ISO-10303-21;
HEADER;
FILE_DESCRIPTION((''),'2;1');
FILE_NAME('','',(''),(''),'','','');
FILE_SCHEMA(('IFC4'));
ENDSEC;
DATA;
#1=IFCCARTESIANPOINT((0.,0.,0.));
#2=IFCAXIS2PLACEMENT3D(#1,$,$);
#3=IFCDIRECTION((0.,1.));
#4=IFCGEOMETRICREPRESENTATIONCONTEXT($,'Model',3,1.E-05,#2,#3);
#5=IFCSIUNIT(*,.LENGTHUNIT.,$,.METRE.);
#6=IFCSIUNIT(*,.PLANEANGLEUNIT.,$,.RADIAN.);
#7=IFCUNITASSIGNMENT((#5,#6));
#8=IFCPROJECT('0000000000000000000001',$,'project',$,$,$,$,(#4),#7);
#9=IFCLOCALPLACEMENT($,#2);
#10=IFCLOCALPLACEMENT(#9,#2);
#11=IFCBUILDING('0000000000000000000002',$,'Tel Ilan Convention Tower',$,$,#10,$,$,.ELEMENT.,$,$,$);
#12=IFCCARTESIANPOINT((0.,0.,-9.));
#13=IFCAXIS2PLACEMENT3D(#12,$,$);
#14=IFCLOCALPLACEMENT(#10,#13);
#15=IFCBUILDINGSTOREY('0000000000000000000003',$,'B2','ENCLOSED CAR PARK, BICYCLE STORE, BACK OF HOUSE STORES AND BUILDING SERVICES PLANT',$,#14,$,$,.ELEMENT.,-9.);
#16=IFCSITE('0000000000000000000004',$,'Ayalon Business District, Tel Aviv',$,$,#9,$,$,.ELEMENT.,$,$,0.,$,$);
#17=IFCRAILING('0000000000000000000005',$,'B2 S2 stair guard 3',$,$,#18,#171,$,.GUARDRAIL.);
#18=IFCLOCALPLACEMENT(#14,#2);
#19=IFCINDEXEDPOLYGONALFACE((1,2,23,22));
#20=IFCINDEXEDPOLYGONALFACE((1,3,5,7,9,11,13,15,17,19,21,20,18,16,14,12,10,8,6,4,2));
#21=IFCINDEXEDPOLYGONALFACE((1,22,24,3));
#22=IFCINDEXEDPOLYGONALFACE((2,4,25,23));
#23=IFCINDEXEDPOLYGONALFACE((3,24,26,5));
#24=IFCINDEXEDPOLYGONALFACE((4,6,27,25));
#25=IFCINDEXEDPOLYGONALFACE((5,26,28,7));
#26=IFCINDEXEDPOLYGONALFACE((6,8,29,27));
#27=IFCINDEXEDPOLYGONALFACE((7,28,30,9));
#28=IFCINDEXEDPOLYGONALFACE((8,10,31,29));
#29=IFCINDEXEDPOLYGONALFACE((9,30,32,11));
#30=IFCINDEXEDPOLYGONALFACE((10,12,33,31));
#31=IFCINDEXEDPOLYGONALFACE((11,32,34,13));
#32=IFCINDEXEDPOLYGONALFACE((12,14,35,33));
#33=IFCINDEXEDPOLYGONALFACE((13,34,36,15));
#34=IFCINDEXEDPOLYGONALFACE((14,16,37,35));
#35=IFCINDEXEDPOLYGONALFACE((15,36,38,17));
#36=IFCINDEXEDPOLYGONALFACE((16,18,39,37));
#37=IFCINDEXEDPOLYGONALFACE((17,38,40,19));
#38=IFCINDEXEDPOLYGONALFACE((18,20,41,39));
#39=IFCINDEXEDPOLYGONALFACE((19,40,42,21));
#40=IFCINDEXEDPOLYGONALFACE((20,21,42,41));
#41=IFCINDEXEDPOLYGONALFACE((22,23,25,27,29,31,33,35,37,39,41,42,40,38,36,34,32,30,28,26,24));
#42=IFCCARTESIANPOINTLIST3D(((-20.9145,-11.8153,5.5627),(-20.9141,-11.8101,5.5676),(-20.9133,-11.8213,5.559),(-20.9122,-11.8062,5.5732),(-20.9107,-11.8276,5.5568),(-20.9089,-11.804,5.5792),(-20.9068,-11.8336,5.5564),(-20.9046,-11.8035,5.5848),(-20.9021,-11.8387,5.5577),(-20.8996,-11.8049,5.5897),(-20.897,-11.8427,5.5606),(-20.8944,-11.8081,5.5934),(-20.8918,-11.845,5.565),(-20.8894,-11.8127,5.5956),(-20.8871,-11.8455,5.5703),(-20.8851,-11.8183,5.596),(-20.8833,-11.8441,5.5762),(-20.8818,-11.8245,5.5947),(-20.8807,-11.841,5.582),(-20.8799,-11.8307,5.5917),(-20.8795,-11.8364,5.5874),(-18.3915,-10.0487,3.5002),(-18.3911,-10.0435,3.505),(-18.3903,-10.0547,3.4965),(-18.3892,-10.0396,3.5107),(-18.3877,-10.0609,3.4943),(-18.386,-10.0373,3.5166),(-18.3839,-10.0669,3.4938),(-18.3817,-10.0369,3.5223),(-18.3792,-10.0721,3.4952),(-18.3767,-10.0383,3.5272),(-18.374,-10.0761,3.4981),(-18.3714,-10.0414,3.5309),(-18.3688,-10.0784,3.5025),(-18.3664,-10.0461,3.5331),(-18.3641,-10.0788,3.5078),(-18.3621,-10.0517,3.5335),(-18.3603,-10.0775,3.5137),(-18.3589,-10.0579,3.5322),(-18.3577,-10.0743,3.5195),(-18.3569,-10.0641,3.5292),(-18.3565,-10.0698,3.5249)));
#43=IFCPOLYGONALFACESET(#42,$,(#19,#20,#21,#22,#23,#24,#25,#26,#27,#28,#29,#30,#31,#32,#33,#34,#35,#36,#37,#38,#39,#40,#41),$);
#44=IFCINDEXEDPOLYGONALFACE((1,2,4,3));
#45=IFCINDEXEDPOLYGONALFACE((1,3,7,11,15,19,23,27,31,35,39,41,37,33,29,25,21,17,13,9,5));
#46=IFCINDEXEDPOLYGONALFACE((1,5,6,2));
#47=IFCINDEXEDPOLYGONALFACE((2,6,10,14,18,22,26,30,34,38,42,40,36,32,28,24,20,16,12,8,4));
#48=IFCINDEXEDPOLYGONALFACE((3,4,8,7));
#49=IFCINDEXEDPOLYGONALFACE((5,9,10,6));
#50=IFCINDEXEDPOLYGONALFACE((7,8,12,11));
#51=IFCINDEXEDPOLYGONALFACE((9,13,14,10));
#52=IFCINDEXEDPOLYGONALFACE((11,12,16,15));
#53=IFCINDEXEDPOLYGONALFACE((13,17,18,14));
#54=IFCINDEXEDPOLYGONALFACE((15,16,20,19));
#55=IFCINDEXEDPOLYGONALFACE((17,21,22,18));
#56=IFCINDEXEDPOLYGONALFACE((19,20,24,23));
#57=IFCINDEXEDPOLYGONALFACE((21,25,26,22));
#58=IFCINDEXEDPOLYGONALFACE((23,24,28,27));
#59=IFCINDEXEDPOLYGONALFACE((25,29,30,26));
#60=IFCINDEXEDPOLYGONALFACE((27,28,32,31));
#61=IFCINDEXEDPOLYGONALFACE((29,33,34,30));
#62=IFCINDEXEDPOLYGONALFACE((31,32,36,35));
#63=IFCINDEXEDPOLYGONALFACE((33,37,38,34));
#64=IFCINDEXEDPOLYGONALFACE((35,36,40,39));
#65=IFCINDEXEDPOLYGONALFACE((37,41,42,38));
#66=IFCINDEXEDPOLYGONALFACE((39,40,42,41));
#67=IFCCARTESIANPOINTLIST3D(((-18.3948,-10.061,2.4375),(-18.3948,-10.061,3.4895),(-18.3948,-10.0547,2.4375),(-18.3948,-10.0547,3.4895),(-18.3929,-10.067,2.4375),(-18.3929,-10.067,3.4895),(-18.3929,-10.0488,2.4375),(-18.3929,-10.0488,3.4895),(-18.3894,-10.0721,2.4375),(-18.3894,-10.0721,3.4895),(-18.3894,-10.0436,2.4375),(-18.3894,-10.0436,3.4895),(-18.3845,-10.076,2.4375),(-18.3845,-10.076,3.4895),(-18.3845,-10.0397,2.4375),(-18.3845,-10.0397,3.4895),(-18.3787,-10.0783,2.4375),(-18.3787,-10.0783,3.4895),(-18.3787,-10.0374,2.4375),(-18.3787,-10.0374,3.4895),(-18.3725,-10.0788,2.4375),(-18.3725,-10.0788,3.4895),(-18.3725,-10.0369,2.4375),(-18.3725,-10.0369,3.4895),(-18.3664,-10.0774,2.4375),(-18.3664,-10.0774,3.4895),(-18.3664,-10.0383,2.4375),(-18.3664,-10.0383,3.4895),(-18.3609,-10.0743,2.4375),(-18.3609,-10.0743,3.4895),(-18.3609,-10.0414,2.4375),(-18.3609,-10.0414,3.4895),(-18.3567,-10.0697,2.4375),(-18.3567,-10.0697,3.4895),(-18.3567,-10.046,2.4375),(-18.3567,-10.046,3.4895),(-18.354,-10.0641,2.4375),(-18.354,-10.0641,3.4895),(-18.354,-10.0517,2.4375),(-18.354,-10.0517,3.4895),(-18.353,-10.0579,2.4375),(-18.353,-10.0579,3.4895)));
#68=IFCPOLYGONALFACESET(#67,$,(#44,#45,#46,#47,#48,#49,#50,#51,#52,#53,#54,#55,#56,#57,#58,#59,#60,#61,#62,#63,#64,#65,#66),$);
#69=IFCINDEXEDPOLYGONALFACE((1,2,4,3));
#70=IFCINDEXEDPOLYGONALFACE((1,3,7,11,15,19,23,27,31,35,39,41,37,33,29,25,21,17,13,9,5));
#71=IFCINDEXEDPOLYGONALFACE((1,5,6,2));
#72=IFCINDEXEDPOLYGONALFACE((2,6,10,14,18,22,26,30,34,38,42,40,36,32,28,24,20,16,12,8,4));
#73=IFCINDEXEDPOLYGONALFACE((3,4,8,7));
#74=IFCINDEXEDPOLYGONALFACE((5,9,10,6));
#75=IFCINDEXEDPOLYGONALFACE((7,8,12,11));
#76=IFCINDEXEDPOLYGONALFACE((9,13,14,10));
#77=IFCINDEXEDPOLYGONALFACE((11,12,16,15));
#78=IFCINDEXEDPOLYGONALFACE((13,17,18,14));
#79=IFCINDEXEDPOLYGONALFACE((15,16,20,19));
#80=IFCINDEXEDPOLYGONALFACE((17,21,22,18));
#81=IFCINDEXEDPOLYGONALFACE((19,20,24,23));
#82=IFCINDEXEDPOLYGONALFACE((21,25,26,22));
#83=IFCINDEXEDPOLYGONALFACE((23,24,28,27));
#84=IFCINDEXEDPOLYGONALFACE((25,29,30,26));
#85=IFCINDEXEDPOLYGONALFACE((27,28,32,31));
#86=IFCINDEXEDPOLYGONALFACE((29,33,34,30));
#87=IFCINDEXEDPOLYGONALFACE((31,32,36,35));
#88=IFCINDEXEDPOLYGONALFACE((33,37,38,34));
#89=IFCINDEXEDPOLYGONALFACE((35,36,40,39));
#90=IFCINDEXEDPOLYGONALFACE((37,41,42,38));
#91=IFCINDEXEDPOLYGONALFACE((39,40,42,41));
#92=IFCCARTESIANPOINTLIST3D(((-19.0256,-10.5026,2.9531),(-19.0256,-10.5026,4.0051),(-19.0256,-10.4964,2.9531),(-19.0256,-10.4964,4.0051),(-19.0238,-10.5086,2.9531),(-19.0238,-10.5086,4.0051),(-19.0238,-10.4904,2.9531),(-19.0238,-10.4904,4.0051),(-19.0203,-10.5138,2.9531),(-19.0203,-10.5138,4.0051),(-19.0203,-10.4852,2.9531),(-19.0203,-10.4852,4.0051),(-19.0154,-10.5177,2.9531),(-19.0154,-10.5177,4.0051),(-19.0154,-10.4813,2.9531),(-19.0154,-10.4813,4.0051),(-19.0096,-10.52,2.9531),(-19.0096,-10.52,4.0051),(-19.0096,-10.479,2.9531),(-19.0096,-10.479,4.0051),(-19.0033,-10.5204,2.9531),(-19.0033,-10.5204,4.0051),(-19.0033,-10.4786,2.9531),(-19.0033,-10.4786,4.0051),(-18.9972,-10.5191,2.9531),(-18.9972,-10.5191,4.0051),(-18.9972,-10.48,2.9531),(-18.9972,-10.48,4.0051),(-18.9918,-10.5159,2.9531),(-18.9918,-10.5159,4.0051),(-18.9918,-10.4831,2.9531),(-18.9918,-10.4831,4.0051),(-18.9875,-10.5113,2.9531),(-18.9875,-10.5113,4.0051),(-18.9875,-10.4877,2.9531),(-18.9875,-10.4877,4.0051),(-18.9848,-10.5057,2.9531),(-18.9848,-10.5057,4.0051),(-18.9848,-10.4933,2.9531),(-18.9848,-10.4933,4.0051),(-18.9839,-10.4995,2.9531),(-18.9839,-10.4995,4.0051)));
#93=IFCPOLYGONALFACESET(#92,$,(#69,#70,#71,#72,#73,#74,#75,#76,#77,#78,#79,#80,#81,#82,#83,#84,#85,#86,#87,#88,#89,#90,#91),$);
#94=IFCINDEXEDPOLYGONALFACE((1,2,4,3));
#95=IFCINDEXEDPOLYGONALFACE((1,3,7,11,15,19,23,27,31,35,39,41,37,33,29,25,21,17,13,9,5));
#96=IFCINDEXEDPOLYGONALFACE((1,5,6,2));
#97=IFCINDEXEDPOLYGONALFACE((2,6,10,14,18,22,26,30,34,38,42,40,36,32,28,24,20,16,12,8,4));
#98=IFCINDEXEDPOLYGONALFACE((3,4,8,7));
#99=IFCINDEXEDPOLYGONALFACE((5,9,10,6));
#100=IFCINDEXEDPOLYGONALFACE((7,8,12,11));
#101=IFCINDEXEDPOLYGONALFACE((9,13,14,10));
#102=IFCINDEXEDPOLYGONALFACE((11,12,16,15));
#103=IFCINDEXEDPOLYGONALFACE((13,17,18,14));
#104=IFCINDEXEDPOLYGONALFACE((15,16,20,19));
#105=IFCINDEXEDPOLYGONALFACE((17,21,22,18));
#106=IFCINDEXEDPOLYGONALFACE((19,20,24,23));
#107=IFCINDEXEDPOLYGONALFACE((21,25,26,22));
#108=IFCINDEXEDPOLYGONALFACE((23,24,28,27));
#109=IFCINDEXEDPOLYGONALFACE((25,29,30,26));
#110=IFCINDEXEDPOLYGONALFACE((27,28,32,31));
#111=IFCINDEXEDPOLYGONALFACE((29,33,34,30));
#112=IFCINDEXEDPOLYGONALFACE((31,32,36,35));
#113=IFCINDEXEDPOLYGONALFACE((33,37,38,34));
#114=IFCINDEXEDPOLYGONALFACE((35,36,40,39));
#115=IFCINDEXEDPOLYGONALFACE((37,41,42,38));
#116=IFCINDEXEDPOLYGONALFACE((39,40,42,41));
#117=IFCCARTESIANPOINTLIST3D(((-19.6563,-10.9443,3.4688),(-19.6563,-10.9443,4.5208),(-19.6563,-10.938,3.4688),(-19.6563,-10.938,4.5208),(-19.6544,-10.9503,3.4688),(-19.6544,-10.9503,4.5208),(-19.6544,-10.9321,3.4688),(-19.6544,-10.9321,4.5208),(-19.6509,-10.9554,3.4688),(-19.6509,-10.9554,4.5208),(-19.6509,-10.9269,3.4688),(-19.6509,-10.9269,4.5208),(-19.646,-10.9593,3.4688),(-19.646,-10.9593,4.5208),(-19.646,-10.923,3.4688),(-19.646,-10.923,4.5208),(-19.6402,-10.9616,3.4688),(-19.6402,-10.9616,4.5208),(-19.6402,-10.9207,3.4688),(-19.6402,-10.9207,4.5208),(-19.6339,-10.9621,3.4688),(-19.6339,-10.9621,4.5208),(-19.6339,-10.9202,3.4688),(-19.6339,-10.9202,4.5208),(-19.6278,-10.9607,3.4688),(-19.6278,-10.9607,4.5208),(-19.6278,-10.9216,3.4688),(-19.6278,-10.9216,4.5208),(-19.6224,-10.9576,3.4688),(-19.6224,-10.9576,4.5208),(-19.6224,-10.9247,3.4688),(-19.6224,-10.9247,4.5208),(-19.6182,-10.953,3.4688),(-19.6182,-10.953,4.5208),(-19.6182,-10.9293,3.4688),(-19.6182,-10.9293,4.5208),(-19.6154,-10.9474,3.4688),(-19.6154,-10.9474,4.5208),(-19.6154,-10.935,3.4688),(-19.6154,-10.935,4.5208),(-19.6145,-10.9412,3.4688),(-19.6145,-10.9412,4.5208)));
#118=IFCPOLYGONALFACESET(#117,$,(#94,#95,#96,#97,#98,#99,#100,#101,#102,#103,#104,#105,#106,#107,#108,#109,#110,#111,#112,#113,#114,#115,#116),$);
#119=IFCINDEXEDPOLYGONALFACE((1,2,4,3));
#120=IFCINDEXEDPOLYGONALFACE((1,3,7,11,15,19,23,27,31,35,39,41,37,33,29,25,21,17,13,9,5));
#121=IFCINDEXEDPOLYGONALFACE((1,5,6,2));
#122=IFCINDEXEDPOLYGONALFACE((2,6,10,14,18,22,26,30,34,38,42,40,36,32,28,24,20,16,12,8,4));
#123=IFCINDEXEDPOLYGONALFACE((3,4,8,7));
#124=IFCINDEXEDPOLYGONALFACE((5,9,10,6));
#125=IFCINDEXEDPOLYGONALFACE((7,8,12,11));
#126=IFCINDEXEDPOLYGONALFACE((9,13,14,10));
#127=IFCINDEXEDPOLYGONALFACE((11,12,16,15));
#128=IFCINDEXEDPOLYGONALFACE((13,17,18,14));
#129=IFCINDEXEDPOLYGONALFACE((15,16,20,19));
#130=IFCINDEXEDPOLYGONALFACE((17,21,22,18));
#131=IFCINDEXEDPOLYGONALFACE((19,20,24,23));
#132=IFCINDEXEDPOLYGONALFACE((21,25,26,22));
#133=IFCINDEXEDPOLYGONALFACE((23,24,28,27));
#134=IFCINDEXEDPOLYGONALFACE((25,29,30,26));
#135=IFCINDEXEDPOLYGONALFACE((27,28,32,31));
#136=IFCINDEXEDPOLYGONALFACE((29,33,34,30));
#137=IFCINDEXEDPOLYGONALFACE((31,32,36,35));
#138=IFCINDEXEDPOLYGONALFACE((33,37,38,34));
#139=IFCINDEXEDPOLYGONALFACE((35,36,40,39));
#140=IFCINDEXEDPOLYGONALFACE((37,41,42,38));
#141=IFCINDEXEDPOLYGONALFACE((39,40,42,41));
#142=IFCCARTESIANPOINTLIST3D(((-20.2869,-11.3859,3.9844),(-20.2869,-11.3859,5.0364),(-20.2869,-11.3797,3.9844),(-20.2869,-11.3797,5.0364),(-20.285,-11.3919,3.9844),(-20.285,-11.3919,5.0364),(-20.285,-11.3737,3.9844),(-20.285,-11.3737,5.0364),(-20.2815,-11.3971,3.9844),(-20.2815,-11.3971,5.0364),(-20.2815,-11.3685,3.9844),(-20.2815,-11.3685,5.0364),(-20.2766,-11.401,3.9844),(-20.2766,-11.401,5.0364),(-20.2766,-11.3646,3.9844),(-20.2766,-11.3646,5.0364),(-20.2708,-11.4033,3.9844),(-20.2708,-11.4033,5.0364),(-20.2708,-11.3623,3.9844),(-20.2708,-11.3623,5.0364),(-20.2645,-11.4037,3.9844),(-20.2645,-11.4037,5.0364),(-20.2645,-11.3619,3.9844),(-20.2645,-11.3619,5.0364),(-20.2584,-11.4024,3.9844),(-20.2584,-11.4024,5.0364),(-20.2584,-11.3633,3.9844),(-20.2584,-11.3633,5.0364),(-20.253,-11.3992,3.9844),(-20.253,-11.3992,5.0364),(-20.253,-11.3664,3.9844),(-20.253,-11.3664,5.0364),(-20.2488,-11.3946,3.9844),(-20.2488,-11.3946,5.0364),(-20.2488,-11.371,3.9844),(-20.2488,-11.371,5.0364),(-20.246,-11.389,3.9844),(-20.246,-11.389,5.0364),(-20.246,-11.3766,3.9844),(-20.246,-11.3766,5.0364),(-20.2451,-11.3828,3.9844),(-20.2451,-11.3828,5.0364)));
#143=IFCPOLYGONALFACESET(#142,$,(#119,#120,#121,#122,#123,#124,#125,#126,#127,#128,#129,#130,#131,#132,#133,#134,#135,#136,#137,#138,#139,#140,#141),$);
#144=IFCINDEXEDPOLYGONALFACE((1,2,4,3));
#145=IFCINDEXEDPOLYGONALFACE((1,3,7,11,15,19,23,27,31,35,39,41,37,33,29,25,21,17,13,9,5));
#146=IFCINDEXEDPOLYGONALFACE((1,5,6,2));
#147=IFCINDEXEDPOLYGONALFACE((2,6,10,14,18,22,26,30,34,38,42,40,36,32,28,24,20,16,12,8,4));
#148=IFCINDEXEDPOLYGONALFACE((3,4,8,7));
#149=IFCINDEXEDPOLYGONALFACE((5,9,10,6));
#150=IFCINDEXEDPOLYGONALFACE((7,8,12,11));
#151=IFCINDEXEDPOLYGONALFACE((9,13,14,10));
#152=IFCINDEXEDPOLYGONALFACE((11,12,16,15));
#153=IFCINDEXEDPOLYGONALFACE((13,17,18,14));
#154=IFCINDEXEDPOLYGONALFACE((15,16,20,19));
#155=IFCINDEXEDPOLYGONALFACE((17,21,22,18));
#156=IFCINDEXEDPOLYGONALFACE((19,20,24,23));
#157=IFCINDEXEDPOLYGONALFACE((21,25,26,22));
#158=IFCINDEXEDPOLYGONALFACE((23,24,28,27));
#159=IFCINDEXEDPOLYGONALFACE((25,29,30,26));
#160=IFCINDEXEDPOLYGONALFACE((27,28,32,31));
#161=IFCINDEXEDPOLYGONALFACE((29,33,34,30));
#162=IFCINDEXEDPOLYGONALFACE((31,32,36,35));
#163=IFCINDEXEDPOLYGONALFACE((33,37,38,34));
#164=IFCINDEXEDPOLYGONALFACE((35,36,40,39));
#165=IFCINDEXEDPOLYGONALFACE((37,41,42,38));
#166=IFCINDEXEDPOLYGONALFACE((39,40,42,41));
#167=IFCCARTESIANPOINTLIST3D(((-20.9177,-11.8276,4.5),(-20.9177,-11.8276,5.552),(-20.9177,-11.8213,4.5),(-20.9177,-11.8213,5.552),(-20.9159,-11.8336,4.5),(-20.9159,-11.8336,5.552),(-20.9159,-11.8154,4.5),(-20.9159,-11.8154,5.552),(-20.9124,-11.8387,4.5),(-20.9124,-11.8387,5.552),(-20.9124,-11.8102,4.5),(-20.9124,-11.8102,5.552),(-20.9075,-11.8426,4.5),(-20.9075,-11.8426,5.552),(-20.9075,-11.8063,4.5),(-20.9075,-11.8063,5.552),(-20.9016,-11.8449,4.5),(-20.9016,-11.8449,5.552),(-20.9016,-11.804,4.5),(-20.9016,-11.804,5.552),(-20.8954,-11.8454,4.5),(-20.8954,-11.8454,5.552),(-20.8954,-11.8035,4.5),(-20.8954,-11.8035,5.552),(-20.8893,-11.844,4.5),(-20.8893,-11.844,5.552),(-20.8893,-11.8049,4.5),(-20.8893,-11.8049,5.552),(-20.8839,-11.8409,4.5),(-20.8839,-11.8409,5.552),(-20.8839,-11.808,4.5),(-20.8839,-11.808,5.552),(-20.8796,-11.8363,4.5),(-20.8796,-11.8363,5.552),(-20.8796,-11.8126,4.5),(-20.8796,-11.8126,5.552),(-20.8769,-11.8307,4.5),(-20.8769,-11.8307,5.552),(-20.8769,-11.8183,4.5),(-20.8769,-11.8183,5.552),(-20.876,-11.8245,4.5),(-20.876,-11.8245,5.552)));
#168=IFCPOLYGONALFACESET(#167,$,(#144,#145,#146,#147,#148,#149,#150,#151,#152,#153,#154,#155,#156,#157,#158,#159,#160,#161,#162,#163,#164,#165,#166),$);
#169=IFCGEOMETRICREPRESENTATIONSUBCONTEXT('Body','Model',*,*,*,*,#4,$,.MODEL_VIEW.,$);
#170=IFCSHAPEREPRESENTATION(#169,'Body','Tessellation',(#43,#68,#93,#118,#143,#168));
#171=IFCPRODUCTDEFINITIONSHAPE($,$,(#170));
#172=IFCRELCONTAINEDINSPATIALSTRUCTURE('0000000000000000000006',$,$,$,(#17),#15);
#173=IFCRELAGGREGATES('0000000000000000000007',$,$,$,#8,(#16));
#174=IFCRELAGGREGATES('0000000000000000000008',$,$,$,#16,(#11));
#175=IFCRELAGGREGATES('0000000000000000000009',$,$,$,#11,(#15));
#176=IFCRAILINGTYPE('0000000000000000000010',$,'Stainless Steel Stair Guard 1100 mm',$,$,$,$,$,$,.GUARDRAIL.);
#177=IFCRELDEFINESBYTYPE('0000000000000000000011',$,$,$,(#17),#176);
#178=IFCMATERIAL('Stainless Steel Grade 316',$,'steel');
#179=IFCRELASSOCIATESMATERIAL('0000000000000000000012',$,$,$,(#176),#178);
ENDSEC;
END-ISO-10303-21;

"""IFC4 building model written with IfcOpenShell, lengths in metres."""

from ifc_helpers import new_model, si_unit, direction, frame, origin, origin_2d, place, context, subcontext, project, spatial, circle, extrude, material, type_object, element, save


model = new_model("IFC4")

# Units and contexts
model_context = context("Model", 3, precision=1e-05, world=origin(), true_north=direction((0.0, 1.0)))
body_context = subcontext(model_context, "Body", "Model", "MODEL_VIEW")
ifc_project = project(units=[si_unit("LENGTHUNIT", "METRE"), si_unit("PLANEANGLEUNIT", "RADIAN")], contexts=[model_context])

# Site, building, storey
site_placement = place(None, origin())
site = spatial("IfcSite", under=ifc_project, at=site_placement, Name="Ayalon Business District, Tel Aviv", CompositionType="ELEMENT", RefElevation=0.0)
building_placement = place(site_placement, origin())
building = spatial("IfcBuilding", under=site, at=building_placement, Name="Tel Ilan Convention Tower", CompositionType="ELEMENT")
storey_placement = place(building_placement, frame((0.0, 0.0, -9.0)))
storey = spatial("IfcBuildingStorey", under=building, at=storey_placement, Name="B2", Description="ENCLOSED CAR PARK, BICYCLE STORE, BACK OF HOUSE STORES AND BUILDING SERVICES PLANT", CompositionType="ELEMENT", Elevation=-9.0)

# Railing
ifc_material_1 = material(Name="Stainless Steel Grade 316", Category="steel")
railing_type_1 = type_object("IfcRailingType", Name="Stainless Steel Stair Guard 1100 mm", PredefinedType="GUARDRAIL", material=ifc_material_1)
railing_1_placement = place(storey_placement, frame((-18.374, -10.0579, 2.4375)))
element("IfcRailing", 1, at=railing_1_placement, inside=storey, type_object=railing_type_1, Name="B2 S2 stair guard 3", PredefinedType="GUARDRAIL", context=body_context, shape_type="SweptSolid", body=[
    extrude(circle(Radius=0.0239, at=origin_2d()), frame((0.0, 0.0, 1.0762), z_axis=(-0.680635, -0.476589, 0.556416), x_axis=(0.573579, -0.81915, 0.0)), (0.0, 0.0, 1.0), 3.7068),
    extrude(circle(Radius=0.021, at=origin_2d()), origin(), (0.0, 0.0, 1.0), 1.052),
    extrude(circle(Radius=0.021, at=origin_2d()), frame((-0.6309, -0.4417, 0.5156)), (0.0, 0.0, 1.0), 1.052),
    extrude(circle(Radius=0.021, at=origin_2d()), frame((-1.2615, -0.8833, 1.0312)), (0.0, 0.0, 1.0), 1.052),
    extrude(circle(Radius=0.021, at=origin_2d()), frame((-1.8921, -1.325, 1.5469)), (0.0, 0.0, 1.0), 1.052),
    extrude(circle(Radius=0.021, at=origin_2d()), frame((-2.5229, -1.7666, 2.0625)), (0.0, 0.0, 1.0), 1.052),
])

save(model, "model.ifc")
